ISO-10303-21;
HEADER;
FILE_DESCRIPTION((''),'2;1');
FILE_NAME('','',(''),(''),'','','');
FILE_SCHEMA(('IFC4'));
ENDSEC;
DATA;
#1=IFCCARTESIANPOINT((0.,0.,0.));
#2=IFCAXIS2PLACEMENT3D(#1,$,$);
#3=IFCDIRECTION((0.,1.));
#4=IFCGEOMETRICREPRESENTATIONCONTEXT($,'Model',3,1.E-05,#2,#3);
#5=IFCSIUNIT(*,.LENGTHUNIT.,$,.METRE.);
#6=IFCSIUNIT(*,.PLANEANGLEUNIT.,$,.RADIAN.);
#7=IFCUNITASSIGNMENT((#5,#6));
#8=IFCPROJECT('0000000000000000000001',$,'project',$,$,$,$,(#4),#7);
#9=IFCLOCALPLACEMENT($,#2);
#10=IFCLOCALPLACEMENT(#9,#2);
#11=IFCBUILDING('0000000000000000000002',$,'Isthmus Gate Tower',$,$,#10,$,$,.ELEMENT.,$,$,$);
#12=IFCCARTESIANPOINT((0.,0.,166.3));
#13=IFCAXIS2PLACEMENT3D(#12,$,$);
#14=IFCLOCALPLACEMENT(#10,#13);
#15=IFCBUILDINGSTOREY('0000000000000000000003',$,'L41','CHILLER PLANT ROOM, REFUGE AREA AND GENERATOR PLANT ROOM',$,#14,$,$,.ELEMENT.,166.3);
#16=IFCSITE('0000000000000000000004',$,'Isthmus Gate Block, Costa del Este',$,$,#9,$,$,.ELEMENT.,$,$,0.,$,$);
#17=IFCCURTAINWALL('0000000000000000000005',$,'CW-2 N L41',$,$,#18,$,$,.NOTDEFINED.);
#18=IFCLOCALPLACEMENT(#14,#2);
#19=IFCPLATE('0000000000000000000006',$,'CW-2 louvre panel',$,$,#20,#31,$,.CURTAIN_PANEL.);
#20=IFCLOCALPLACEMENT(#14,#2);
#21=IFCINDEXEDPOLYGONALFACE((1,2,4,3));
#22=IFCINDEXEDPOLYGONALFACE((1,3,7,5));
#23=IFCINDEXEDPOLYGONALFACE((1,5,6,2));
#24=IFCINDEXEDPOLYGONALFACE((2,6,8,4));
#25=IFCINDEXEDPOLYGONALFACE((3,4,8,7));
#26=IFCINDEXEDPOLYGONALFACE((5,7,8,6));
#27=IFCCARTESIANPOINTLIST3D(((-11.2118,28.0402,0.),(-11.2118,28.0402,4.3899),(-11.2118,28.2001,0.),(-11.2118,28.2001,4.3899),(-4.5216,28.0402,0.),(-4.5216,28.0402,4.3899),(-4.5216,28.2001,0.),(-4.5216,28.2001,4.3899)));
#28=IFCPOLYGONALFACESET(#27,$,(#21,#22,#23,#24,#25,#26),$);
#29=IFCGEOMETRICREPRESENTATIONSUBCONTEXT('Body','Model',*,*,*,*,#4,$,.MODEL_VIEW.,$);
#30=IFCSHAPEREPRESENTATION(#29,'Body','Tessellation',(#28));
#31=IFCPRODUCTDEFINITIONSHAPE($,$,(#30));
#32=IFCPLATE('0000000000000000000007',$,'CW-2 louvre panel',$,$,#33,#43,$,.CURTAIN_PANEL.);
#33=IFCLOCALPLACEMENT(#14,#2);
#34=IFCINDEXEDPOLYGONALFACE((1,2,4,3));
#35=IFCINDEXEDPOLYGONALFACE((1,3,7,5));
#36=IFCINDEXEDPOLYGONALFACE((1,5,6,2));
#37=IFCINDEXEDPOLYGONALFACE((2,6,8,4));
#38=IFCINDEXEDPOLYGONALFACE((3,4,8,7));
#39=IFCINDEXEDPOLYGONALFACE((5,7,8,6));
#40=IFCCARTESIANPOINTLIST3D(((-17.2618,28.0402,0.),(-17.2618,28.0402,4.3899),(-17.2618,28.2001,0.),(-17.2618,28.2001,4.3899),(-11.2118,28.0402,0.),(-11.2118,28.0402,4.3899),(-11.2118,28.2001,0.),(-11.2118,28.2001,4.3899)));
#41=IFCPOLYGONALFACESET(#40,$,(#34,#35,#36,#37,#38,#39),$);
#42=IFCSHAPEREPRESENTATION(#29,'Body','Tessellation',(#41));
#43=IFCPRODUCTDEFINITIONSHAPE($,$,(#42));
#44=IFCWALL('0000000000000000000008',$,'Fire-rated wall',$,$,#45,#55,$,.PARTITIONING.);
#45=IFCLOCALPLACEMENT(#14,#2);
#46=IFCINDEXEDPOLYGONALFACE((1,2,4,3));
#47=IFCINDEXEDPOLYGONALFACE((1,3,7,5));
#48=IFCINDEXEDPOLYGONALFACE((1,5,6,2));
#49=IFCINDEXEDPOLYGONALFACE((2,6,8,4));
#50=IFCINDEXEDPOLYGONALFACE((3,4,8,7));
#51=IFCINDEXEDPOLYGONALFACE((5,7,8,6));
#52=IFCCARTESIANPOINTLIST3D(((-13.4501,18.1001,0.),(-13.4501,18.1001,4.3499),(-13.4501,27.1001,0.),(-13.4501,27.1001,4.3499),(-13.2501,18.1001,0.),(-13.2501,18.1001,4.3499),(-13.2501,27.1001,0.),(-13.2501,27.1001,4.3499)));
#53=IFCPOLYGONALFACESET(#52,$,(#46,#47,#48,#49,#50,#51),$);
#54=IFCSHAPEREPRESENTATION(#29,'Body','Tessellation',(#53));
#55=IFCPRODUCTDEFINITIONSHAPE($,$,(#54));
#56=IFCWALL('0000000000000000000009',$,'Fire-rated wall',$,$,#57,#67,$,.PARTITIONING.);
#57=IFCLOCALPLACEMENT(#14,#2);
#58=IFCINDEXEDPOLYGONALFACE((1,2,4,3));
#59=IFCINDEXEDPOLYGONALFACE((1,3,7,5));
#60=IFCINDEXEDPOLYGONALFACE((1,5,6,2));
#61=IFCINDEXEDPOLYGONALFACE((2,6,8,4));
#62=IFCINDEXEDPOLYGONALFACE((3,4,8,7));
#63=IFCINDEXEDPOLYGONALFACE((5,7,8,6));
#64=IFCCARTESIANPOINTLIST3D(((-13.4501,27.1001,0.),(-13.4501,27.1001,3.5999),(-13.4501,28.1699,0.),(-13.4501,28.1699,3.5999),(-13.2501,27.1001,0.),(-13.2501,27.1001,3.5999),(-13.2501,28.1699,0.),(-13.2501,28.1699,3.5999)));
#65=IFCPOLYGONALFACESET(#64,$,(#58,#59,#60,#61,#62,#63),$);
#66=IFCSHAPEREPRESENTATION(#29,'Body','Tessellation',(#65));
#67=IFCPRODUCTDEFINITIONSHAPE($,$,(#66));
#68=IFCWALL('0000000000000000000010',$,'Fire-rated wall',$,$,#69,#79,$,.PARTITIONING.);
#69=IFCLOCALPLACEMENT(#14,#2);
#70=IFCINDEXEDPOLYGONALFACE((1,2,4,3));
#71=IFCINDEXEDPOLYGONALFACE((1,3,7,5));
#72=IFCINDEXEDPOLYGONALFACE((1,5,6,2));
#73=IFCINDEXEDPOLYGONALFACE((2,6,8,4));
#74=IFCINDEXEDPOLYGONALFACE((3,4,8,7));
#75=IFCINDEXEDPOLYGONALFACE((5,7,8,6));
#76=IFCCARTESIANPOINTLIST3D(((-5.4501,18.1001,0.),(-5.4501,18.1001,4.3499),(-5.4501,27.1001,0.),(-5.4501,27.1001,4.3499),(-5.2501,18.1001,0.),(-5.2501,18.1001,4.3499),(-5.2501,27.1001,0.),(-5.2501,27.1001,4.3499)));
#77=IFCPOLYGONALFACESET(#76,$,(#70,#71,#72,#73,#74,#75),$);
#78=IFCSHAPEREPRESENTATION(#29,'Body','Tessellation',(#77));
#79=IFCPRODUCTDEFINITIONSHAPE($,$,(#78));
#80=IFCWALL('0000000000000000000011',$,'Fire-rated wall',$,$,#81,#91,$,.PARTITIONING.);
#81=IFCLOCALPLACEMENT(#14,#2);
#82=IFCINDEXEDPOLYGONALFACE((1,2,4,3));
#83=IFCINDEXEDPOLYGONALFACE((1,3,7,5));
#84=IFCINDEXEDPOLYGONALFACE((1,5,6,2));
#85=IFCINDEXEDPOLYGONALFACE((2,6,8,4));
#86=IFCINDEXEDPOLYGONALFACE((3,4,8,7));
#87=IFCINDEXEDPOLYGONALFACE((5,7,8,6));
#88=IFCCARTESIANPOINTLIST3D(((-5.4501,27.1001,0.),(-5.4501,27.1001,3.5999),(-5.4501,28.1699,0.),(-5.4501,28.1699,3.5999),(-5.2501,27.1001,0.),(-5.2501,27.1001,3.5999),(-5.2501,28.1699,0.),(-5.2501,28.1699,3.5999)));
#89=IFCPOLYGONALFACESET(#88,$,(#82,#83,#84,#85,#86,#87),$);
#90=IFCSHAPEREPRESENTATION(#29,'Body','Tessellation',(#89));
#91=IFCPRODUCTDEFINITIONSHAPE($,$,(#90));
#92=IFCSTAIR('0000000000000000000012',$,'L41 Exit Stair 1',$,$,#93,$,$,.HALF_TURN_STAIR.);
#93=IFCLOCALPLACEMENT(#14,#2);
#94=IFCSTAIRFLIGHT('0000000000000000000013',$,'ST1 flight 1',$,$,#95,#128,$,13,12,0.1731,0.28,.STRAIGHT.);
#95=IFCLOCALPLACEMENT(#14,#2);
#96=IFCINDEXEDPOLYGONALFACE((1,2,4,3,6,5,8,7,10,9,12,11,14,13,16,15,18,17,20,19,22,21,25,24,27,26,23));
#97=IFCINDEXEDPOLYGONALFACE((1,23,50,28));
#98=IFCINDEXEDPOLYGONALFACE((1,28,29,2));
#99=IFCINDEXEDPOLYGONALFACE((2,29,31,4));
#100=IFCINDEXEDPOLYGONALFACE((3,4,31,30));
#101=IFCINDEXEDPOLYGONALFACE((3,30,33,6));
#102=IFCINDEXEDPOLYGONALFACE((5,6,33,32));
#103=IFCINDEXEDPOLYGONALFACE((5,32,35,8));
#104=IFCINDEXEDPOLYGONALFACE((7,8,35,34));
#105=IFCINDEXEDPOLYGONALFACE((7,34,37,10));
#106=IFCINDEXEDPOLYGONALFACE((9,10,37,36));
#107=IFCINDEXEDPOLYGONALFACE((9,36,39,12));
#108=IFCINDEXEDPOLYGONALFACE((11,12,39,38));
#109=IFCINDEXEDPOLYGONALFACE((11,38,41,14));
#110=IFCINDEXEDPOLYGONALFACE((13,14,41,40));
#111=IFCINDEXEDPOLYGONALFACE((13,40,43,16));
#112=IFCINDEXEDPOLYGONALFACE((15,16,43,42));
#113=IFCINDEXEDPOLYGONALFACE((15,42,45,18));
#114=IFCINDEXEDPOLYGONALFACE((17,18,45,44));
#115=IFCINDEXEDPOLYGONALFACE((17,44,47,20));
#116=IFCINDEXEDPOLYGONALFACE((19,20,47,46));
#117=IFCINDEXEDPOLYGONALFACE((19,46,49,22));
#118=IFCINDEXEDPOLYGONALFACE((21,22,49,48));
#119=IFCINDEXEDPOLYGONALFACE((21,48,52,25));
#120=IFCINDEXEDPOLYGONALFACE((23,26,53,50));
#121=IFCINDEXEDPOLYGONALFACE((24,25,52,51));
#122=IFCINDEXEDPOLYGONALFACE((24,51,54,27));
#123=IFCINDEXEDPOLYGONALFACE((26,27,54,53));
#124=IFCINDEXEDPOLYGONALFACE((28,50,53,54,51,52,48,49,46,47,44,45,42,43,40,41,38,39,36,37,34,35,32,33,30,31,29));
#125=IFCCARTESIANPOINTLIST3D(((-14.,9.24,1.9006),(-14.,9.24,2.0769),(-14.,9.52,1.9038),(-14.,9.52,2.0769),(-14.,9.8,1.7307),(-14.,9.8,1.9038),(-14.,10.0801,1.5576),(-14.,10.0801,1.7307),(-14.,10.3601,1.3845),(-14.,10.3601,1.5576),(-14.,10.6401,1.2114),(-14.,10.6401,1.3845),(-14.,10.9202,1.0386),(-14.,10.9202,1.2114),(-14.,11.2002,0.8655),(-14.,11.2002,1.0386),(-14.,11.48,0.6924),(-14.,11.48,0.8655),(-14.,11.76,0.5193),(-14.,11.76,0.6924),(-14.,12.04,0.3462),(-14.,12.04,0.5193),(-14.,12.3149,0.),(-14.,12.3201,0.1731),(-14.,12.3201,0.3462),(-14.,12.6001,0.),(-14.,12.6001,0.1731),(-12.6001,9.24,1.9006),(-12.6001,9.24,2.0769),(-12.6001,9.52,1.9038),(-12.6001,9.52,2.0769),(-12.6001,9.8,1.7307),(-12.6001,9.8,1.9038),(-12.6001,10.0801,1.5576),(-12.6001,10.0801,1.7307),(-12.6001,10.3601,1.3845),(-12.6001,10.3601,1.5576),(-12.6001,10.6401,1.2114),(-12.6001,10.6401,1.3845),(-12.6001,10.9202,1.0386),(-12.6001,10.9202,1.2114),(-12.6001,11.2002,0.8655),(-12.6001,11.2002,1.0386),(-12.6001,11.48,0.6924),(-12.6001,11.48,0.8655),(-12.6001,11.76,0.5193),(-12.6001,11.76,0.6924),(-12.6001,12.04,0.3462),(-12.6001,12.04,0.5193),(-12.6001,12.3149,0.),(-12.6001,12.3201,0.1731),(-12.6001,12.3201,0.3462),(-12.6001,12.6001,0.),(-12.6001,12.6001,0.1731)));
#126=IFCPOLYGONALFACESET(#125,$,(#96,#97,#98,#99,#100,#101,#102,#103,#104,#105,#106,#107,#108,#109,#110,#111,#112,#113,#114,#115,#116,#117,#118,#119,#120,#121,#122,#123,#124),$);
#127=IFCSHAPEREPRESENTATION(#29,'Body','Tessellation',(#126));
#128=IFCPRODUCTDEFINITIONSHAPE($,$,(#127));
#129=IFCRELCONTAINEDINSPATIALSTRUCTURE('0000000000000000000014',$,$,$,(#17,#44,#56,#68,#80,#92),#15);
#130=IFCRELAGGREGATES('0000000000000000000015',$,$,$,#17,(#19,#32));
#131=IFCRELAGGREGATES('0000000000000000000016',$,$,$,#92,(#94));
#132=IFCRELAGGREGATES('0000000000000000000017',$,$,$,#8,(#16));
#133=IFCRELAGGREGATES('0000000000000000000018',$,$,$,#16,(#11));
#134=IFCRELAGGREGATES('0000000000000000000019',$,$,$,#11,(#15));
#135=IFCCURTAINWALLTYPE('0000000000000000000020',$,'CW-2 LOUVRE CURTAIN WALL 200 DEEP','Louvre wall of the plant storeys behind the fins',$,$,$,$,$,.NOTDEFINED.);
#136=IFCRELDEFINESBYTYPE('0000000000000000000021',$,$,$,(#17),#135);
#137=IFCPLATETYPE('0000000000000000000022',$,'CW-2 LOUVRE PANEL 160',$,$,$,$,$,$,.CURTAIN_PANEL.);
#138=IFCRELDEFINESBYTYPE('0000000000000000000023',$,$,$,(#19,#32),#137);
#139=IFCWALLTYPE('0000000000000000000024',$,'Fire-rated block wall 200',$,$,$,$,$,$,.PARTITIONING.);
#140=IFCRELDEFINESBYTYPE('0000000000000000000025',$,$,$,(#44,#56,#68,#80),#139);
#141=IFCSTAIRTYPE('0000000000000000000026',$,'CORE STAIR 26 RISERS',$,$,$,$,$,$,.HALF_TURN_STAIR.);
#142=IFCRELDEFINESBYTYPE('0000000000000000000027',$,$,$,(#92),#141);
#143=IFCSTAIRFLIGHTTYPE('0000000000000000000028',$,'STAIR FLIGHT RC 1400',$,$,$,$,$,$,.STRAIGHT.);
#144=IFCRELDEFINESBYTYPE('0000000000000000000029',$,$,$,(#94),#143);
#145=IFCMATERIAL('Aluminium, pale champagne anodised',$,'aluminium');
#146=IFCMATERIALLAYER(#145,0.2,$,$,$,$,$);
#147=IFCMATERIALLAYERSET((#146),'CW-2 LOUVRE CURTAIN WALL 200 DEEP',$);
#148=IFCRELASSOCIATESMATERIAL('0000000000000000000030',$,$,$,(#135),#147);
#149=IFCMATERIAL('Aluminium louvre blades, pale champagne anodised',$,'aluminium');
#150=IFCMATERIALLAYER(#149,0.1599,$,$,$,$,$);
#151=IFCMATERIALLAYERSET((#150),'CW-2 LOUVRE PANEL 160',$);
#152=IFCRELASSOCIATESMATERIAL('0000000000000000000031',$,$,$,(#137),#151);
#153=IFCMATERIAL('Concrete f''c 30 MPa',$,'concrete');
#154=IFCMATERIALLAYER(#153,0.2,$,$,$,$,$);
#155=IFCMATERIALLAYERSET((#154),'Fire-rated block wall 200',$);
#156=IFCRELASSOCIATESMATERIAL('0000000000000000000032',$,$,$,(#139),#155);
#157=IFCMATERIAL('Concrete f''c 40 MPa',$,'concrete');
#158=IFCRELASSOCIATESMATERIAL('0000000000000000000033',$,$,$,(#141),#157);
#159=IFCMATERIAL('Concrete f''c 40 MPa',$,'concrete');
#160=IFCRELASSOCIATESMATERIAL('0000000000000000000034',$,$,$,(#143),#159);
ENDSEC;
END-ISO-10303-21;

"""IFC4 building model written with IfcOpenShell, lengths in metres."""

from ifc_helpers import new_model, si_unit, direction, frame, frame_2d, origin, origin_2d, place, context, subcontext, project, spatial, polyline, rectangle, outline, extrude, material, layer, layer_set, type_object, element, aggregate, save


model = new_model("IFC4")

# Units and contexts
model_context = context("Model", 3, precision=1e-05, world=origin(), true_north=direction((0.0, 1.0)))
body_context = subcontext(model_context, "Body", "Model", "MODEL_VIEW")
ifc_project = project(units=[si_unit("LENGTHUNIT", "METRE"), si_unit("PLANEANGLEUNIT", "RADIAN")], contexts=[model_context])

# Site, building, storey
site_placement = place(None, origin())
site = spatial("IfcSite", under=ifc_project, at=site_placement, Name="Isthmus Gate Block, Costa del Este", CompositionType="ELEMENT", RefElevation=0.0)
building_placement = place(site_placement, origin())
building = spatial("IfcBuilding", under=site, at=building_placement, Name="Isthmus Gate Tower", CompositionType="ELEMENT")
storey_placement = place(building_placement, frame((0.0, 0.0, 166.3)))
storey = spatial("IfcBuildingStorey", under=building, at=storey_placement, Name="L41", Description="CHILLER PLANT ROOM, REFUGE AREA AND GENERATOR PLANT ROOM", CompositionType="ELEMENT", Elevation=166.3)

# Curtain wall
ifc_material_1 = material(Name="Aluminium, pale champagne anodised", Category="aluminium")
ifc_layer_1 = layer(ifc_material_1, 0.2)
ifc_layer_set_1 = layer_set([ifc_layer_1], Name="CW-2 LOUVRE CURTAIN WALL 200 DEEP")
curtain_wall_type = type_object("IfcCurtainWallType", Name="CW-2 LOUVRE CURTAIN WALL 200 DEEP", Description="Louvre wall of the plant storeys behind the fins", PredefinedType="NOTDEFINED", material=ifc_layer_set_1)
curtain_wall_placement = place(storey_placement, origin())
curtain_wall = element("IfcCurtainWall", 1, at=curtain_wall_placement, inside=storey, type_object=curtain_wall_type, Name="CW-2 N L41", PredefinedType="NOTDEFINED")

# Plates
ifc_material_2 = material(Name="Aluminium louvre blades, pale champagne anodised", Category="aluminium")
ifc_layer_2 = layer(ifc_material_2, 0.1599)
ifc_layer_set_2 = layer_set([ifc_layer_2], Name="CW-2 LOUVRE PANEL 160")
plate_type = type_object("IfcPlateType", Name="CW-2 LOUVRE PANEL 160", PredefinedType="CURTAIN_PANEL", material=ifc_layer_set_2)
plate_1_placement = place(storey_placement, frame((-7.8667, 28.1201, 0.0), z_axis=(0.0, 0.0, 1.0), x_axis=(-1.0, 0.0, 0.0)))
plate_1 = element("IfcPlate", 2, at=plate_1_placement, type_object=plate_type, Name="CW-2 louvre panel", PredefinedType="CURTAIN_PANEL", context=body_context, shape_type="SweptSolid", body=[
    extrude(rectangle(XDim=6.6902, YDim=0.1599, at=origin_2d()), origin(), (0.0, 0.0, 1.0), 4.3899),
])
plate_2_placement = place(storey_placement, frame((-14.2368, 28.1201, 0.0), z_axis=(0.0, 0.0, 1.0), x_axis=(-1.0, 0.0, 0.0)))
plate_2 = element("IfcPlate", 3, at=plate_2_placement, type_object=plate_type, Name="CW-2 louvre panel", PredefinedType="CURTAIN_PANEL", context=body_context, shape_type="SweptSolid", body=[
    extrude(rectangle(XDim=6.05, YDim=0.1599, at=origin_2d()), origin(), (0.0, 0.0, 1.0), 4.3899),
])
aggregate(curtain_wall, [plate_1, plate_2])

# Walls
ifc_material_3 = material(Name="Concrete f'c 30 MPa", Category="concrete")
ifc_layer_3 = layer(ifc_material_3, 0.2)
ifc_layer_set_3 = layer_set([ifc_layer_3], Name="Fire-rated block wall 200")
wall_type = type_object("IfcWallType", Name="Fire-rated block wall 200", PredefinedType="PARTITIONING", material=ifc_layer_set_3)
wall_1_placement = place(storey_placement, frame((-13.3501, 18.1001, 0.0), z_axis=(0.0, 0.0, 1.0), x_axis=(0.0, 1.0, 0.0)))
element("IfcWall", 4, at=wall_1_placement, inside=storey, type_object=wall_type, Name="Fire-rated wall", PredefinedType="PARTITIONING", context=body_context, shape_type="SweptSolid", body=[
    extrude(rectangle(XDim=9.0, YDim=0.2, at=frame_2d((4.5, 0.0))), origin(), (0.0, 0.0, 1.0), 4.3499),
])
wall_2_placement = place(storey_placement, frame((-13.3501, 27.1001, 0.0), z_axis=(0.0, 0.0, 1.0), x_axis=(0.0, 1.0, 0.0)))
element("IfcWall", 5, at=wall_2_placement, inside=storey, type_object=wall_type, Name="Fire-rated wall", PredefinedType="PARTITIONING", context=body_context, shape_type="SweptSolid", body=[
    extrude(rectangle(XDim=1.0698, YDim=0.2, at=frame_2d((0.5349, 0.0))), origin(), (0.0, 0.0, 1.0), 3.5999),
])
wall_3_placement = place(storey_placement, frame((-5.3501, 18.1001, 0.0), z_axis=(0.0, 0.0, 1.0), x_axis=(0.0, 1.0, 0.0)))
element("IfcWall", 6, at=wall_3_placement, inside=storey, type_object=wall_type, Name="Fire-rated wall", PredefinedType="PARTITIONING", context=body_context, shape_type="SweptSolid", body=[
    extrude(rectangle(XDim=9.0, YDim=0.2, at=frame_2d((4.5, 0.0))), origin(), (0.0, 0.0, 1.0), 4.3499),
])
wall_4_placement = place(storey_placement, frame((-5.3501, 27.1001, 0.0), z_axis=(0.0, 0.0, 1.0), x_axis=(0.0, 1.0, 0.0)))
element("IfcWall", 7, at=wall_4_placement, inside=storey, type_object=wall_type, Name="Fire-rated wall", PredefinedType="PARTITIONING", context=body_context, shape_type="SweptSolid", body=[
    extrude(rectangle(XDim=1.0698, YDim=0.2, at=frame_2d((0.5349, 0.0))), origin(), (0.0, 0.0, 1.0), 3.5999),
])

# Stair, stair flight
ifc_material_4 = material(Name="Concrete f'c 40 MPa", Category="concrete")
stair_type = type_object("IfcStairType", Name="CORE STAIR 26 RISERS", PredefinedType="HALF_TURN_STAIR", material=ifc_material_4)
stair_placement = place(storey_placement, origin())
stair = element("IfcStair", 8, at=stair_placement, inside=storey, type_object=stair_type, Name="L41 Exit Stair 1", PredefinedType="HALF_TURN_STAIR")
ifc_material_5 = material(Name="Concrete f'c 40 MPa", Category="concrete")
stair_flight_type = type_object("IfcStairFlightType", Name="STAIR FLIGHT RC 1400", PredefinedType="STRAIGHT", material=ifc_material_5)
stair_flight_placement = place(storey_placement, frame((-13.3, 12.6001, 0.0), z_axis=(0.0, 0.0, 1.0), x_axis=(0.0, -1.0, 0.0)))
stair_flight = element("IfcStairFlight", 9, at=stair_flight_placement, type_object=stair_flight_type, Name="ST1 flight 1", NumberOfRisers=13, NumberOfTreads=12, PredefinedType="STRAIGHT", RiserHeight=0.1731, TreadLength=0.28, context=body_context, shape_type="SweptSolid", body=[
    extrude(outline(polyline([(0.0, 0.0), (0.0, 0.1731), (0.28, 0.1731), (0.28, 0.3462), (0.5601, 0.3462), (0.5601, 0.5193), (0.8401, 0.5193), (0.8401, 0.6924), (1.1201, 0.6924), (1.1201, 0.8655), (1.3999, 0.8655), (1.3999, 1.0386), (1.6799, 1.0386), (1.6799, 1.2114), (1.96, 1.2114), (1.96, 1.3845), (2.24, 1.3845), (2.24, 1.5576), (2.52, 1.5576), (2.52, 1.7307), (2.8, 1.7307), (2.8, 1.9038), (3.0801, 1.9038), (3.0801, 2.0769), (3.3601, 2.0769), (3.3601, 2.25), (3.3601, 1.9006), (0.2852, 0.0), (0.0, 0.0)])), frame((0.0, 0.7, 0.0), z_axis=(0.0, -1.0, 0.0), x_axis=(1.0, 0.0, 0.0)), (0.0, 0.0, 1.0), 1.3999),
])
aggregate(stair, [stair_flight])

save(model, "model.ifc")
